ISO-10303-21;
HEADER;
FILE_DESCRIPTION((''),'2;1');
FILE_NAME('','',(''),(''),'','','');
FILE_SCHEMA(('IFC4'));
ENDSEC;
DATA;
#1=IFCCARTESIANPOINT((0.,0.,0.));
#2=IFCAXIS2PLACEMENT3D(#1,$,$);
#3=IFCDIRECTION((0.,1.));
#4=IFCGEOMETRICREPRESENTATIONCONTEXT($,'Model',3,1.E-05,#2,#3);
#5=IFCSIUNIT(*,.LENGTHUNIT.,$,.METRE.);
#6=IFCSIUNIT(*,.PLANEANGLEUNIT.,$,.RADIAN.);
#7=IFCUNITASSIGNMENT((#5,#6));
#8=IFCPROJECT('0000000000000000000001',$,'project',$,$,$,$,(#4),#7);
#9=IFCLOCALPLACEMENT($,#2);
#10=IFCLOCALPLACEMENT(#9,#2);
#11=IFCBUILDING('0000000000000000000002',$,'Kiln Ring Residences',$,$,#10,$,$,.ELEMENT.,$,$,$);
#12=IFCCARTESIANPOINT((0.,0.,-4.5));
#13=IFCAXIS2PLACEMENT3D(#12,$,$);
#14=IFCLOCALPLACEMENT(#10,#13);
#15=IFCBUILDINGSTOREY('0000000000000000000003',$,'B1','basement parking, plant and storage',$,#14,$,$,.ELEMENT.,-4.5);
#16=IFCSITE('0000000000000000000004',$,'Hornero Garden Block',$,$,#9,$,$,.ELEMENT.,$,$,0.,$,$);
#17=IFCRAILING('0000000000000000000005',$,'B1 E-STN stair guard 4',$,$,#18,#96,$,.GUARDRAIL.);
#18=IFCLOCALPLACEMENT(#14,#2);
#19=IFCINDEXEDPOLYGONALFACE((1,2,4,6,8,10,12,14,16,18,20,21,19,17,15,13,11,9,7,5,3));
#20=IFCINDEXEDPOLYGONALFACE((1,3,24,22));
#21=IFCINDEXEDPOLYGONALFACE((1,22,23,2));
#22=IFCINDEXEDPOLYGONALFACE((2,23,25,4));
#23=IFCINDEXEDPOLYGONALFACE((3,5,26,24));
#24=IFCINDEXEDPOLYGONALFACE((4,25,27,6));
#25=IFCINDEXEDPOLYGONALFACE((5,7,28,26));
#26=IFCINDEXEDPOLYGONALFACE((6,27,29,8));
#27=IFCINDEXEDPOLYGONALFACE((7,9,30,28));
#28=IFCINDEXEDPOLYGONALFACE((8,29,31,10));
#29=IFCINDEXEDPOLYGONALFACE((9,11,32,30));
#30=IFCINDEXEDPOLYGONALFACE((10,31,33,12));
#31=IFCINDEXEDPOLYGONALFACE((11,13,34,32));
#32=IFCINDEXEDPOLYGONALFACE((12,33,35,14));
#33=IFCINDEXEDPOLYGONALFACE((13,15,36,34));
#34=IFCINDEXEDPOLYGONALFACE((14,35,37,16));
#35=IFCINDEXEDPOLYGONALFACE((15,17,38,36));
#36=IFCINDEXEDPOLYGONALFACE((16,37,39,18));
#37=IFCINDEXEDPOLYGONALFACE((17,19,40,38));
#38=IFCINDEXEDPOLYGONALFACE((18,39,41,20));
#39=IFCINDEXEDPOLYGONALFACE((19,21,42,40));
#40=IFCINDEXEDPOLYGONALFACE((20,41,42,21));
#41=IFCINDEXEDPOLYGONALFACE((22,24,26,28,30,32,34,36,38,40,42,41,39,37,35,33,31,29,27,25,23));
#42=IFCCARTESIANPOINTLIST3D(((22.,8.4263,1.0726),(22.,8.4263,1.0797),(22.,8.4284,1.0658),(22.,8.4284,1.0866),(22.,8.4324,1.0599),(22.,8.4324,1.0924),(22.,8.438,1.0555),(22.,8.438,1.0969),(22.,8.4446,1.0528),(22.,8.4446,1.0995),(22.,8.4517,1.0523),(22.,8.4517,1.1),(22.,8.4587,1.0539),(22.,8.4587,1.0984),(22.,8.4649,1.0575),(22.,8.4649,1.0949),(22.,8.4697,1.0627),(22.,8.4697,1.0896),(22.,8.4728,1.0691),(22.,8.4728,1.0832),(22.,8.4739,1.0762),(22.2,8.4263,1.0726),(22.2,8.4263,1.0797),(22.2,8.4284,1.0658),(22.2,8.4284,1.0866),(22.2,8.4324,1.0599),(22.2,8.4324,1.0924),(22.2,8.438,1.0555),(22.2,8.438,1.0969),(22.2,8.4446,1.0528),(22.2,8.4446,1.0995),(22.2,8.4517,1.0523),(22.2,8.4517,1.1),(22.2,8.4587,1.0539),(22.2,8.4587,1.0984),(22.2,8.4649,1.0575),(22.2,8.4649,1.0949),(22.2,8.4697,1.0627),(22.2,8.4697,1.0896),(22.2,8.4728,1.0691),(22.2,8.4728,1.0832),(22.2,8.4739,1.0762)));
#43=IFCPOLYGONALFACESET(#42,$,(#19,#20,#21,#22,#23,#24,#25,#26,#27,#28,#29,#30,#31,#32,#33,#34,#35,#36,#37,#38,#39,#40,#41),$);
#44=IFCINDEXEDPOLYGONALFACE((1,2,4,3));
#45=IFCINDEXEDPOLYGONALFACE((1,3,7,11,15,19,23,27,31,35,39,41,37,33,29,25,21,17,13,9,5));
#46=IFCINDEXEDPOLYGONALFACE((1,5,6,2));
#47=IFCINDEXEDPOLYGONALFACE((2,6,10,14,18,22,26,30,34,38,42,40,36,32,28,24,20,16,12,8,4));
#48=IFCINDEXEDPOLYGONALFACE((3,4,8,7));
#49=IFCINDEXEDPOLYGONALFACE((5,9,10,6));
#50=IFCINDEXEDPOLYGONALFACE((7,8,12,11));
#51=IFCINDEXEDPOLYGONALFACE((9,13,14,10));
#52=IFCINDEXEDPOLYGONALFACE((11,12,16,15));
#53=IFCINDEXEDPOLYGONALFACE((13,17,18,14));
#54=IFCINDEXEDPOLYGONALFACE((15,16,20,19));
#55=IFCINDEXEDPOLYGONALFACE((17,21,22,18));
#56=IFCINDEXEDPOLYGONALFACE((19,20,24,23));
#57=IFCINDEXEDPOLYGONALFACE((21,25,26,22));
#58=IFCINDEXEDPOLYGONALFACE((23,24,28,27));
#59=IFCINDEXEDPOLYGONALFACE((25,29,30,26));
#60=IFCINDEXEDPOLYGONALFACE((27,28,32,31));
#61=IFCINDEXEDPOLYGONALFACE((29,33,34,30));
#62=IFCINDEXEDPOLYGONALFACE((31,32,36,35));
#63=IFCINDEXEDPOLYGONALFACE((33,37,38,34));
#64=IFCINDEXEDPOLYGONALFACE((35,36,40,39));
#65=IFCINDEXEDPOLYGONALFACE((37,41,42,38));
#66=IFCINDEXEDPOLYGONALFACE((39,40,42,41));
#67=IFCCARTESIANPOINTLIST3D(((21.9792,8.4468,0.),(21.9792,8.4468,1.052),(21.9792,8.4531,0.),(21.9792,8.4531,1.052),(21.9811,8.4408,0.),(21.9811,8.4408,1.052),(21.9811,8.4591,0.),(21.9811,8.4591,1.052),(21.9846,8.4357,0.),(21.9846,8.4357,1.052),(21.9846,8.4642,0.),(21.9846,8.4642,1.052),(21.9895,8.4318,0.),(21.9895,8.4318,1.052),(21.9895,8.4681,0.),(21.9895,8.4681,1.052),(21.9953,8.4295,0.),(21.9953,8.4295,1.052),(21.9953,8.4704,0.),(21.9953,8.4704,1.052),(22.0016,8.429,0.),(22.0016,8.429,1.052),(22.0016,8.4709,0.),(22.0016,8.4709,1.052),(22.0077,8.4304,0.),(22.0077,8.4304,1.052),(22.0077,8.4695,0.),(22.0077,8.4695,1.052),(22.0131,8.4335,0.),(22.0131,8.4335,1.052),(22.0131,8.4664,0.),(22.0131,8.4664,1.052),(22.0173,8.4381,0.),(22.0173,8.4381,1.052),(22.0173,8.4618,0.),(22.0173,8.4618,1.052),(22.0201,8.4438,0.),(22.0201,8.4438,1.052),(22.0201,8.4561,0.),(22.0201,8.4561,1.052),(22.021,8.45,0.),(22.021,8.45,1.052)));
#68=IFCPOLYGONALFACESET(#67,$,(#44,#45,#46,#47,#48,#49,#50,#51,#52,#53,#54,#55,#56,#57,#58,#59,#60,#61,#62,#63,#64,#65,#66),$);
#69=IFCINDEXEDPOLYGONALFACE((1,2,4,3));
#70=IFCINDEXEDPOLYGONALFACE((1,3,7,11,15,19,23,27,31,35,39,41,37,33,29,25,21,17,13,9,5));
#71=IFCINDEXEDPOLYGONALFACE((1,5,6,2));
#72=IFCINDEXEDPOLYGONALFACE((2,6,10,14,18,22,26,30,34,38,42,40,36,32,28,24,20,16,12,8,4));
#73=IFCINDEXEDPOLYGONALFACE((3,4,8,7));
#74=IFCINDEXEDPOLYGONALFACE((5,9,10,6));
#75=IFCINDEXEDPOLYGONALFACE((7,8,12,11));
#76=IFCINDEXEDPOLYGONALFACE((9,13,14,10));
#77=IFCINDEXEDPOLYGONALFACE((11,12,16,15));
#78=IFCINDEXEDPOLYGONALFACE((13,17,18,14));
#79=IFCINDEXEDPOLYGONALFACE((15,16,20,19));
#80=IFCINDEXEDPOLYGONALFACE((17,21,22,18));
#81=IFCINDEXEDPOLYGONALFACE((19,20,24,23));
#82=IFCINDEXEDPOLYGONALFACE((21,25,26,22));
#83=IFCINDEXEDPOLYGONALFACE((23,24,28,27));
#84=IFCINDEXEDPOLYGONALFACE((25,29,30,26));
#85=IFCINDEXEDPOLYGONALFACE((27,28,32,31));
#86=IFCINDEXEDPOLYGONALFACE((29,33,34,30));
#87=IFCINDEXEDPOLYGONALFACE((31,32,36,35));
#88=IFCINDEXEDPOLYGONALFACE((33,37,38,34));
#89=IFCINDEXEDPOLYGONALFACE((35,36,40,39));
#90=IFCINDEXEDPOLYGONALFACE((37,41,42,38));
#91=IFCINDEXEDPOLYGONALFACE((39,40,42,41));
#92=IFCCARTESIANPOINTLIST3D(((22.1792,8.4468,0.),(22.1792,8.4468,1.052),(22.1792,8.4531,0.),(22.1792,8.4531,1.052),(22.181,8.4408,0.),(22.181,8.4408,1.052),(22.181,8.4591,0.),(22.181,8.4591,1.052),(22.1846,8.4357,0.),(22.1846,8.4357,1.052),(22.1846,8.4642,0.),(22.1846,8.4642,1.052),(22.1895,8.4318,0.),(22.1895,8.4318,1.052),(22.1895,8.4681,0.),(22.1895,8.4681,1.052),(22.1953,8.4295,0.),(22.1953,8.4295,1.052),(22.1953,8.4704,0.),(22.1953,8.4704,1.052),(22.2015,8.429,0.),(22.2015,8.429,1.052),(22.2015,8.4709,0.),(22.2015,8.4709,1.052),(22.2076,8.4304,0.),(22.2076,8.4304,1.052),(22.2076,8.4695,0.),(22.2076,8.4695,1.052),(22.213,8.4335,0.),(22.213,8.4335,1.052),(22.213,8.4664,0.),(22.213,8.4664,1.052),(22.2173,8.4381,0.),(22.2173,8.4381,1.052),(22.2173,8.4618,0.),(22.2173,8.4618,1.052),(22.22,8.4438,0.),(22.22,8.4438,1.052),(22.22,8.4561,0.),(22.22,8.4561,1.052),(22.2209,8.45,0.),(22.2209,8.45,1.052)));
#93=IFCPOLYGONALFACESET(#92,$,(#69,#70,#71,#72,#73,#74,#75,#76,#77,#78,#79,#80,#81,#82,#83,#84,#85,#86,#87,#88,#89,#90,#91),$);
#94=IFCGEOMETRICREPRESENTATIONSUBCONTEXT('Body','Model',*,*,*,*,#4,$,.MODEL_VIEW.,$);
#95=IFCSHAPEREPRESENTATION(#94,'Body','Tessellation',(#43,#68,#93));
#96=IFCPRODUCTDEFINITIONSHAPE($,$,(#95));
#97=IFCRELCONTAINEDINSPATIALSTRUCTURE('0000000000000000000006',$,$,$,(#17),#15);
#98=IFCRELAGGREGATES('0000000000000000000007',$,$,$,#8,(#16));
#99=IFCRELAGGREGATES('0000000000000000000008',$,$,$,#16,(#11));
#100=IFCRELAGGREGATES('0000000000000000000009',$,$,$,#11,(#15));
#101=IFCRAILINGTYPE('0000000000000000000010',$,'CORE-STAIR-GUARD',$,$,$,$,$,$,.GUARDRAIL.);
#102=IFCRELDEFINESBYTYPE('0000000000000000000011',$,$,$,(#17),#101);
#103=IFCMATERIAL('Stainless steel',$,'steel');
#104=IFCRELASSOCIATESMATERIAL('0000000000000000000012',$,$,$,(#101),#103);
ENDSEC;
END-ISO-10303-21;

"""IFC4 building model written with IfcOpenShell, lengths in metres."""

from ifc_helpers import new_model, si_unit, direction, frame, origin, origin_2d, place, context, subcontext, project, spatial, circle, extrude, material, type_object, element, save


model = new_model("IFC4")

# Units and contexts
model_context = context("Model", 3, precision=1e-05, world=origin(), true_north=direction((0.0, 1.0)))
body_context = subcontext(model_context, "Body", "Model", "MODEL_VIEW")
ifc_project = project(units=[si_unit("LENGTHUNIT", "METRE"), si_unit("PLANEANGLEUNIT", "RADIAN")], contexts=[model_context])

# Site, building, storey
site_placement = place(None, origin())
site = spatial("IfcSite", under=ifc_project, at=site_placement, Name="Hornero Garden Block", CompositionType="ELEMENT", RefElevation=0.0)
building_placement = place(site_placement, origin())
building = spatial("IfcBuilding", under=site, at=building_placement, Name="Kiln Ring Residences", CompositionType="ELEMENT")
storey_placement = place(building_placement, frame((0.0, 0.0, -4.5)))
storey = spatial("IfcBuildingStorey", under=building, at=storey_placement, Name="B1", Description="basement parking, plant and storage", CompositionType="ELEMENT", Elevation=-4.5)

# Railing
ifc_material_1 = material(Name="Stainless steel", Category="steel")
railing_type_1 = type_object("IfcRailingType", Name="CORE-STAIR-GUARD", PredefinedType="GUARDRAIL", material=ifc_material_1)
railing_1_placement = place(storey_placement, frame((22.0, 8.45, 0.0)))
element("IfcRailing", 1, at=railing_1_placement, inside=storey, type_object=railing_type_1, Name="B1 E-STN stair guard 4", PredefinedType="GUARDRAIL", context=body_context, shape_type="SweptSolid", body=[
    extrude(circle(Radius=0.0239, at=origin_2d()), frame((0.0, 0.0, 1.0762), z_axis=(1.0, 0.0, 0.0), x_axis=(0.0, 1.0, 0.0)), (0.0, 0.0, 1.0), 0.2),
    extrude(circle(Radius=0.021, at=origin_2d()), origin(), (0.0, 0.0, 1.0), 1.052),
    extrude(circle(Radius=0.021, at=origin_2d()), frame((0.2, 0.0, 0.0)), (0.0, 0.0, 1.0), 1.052),
])

save(model, "model.ifc")
